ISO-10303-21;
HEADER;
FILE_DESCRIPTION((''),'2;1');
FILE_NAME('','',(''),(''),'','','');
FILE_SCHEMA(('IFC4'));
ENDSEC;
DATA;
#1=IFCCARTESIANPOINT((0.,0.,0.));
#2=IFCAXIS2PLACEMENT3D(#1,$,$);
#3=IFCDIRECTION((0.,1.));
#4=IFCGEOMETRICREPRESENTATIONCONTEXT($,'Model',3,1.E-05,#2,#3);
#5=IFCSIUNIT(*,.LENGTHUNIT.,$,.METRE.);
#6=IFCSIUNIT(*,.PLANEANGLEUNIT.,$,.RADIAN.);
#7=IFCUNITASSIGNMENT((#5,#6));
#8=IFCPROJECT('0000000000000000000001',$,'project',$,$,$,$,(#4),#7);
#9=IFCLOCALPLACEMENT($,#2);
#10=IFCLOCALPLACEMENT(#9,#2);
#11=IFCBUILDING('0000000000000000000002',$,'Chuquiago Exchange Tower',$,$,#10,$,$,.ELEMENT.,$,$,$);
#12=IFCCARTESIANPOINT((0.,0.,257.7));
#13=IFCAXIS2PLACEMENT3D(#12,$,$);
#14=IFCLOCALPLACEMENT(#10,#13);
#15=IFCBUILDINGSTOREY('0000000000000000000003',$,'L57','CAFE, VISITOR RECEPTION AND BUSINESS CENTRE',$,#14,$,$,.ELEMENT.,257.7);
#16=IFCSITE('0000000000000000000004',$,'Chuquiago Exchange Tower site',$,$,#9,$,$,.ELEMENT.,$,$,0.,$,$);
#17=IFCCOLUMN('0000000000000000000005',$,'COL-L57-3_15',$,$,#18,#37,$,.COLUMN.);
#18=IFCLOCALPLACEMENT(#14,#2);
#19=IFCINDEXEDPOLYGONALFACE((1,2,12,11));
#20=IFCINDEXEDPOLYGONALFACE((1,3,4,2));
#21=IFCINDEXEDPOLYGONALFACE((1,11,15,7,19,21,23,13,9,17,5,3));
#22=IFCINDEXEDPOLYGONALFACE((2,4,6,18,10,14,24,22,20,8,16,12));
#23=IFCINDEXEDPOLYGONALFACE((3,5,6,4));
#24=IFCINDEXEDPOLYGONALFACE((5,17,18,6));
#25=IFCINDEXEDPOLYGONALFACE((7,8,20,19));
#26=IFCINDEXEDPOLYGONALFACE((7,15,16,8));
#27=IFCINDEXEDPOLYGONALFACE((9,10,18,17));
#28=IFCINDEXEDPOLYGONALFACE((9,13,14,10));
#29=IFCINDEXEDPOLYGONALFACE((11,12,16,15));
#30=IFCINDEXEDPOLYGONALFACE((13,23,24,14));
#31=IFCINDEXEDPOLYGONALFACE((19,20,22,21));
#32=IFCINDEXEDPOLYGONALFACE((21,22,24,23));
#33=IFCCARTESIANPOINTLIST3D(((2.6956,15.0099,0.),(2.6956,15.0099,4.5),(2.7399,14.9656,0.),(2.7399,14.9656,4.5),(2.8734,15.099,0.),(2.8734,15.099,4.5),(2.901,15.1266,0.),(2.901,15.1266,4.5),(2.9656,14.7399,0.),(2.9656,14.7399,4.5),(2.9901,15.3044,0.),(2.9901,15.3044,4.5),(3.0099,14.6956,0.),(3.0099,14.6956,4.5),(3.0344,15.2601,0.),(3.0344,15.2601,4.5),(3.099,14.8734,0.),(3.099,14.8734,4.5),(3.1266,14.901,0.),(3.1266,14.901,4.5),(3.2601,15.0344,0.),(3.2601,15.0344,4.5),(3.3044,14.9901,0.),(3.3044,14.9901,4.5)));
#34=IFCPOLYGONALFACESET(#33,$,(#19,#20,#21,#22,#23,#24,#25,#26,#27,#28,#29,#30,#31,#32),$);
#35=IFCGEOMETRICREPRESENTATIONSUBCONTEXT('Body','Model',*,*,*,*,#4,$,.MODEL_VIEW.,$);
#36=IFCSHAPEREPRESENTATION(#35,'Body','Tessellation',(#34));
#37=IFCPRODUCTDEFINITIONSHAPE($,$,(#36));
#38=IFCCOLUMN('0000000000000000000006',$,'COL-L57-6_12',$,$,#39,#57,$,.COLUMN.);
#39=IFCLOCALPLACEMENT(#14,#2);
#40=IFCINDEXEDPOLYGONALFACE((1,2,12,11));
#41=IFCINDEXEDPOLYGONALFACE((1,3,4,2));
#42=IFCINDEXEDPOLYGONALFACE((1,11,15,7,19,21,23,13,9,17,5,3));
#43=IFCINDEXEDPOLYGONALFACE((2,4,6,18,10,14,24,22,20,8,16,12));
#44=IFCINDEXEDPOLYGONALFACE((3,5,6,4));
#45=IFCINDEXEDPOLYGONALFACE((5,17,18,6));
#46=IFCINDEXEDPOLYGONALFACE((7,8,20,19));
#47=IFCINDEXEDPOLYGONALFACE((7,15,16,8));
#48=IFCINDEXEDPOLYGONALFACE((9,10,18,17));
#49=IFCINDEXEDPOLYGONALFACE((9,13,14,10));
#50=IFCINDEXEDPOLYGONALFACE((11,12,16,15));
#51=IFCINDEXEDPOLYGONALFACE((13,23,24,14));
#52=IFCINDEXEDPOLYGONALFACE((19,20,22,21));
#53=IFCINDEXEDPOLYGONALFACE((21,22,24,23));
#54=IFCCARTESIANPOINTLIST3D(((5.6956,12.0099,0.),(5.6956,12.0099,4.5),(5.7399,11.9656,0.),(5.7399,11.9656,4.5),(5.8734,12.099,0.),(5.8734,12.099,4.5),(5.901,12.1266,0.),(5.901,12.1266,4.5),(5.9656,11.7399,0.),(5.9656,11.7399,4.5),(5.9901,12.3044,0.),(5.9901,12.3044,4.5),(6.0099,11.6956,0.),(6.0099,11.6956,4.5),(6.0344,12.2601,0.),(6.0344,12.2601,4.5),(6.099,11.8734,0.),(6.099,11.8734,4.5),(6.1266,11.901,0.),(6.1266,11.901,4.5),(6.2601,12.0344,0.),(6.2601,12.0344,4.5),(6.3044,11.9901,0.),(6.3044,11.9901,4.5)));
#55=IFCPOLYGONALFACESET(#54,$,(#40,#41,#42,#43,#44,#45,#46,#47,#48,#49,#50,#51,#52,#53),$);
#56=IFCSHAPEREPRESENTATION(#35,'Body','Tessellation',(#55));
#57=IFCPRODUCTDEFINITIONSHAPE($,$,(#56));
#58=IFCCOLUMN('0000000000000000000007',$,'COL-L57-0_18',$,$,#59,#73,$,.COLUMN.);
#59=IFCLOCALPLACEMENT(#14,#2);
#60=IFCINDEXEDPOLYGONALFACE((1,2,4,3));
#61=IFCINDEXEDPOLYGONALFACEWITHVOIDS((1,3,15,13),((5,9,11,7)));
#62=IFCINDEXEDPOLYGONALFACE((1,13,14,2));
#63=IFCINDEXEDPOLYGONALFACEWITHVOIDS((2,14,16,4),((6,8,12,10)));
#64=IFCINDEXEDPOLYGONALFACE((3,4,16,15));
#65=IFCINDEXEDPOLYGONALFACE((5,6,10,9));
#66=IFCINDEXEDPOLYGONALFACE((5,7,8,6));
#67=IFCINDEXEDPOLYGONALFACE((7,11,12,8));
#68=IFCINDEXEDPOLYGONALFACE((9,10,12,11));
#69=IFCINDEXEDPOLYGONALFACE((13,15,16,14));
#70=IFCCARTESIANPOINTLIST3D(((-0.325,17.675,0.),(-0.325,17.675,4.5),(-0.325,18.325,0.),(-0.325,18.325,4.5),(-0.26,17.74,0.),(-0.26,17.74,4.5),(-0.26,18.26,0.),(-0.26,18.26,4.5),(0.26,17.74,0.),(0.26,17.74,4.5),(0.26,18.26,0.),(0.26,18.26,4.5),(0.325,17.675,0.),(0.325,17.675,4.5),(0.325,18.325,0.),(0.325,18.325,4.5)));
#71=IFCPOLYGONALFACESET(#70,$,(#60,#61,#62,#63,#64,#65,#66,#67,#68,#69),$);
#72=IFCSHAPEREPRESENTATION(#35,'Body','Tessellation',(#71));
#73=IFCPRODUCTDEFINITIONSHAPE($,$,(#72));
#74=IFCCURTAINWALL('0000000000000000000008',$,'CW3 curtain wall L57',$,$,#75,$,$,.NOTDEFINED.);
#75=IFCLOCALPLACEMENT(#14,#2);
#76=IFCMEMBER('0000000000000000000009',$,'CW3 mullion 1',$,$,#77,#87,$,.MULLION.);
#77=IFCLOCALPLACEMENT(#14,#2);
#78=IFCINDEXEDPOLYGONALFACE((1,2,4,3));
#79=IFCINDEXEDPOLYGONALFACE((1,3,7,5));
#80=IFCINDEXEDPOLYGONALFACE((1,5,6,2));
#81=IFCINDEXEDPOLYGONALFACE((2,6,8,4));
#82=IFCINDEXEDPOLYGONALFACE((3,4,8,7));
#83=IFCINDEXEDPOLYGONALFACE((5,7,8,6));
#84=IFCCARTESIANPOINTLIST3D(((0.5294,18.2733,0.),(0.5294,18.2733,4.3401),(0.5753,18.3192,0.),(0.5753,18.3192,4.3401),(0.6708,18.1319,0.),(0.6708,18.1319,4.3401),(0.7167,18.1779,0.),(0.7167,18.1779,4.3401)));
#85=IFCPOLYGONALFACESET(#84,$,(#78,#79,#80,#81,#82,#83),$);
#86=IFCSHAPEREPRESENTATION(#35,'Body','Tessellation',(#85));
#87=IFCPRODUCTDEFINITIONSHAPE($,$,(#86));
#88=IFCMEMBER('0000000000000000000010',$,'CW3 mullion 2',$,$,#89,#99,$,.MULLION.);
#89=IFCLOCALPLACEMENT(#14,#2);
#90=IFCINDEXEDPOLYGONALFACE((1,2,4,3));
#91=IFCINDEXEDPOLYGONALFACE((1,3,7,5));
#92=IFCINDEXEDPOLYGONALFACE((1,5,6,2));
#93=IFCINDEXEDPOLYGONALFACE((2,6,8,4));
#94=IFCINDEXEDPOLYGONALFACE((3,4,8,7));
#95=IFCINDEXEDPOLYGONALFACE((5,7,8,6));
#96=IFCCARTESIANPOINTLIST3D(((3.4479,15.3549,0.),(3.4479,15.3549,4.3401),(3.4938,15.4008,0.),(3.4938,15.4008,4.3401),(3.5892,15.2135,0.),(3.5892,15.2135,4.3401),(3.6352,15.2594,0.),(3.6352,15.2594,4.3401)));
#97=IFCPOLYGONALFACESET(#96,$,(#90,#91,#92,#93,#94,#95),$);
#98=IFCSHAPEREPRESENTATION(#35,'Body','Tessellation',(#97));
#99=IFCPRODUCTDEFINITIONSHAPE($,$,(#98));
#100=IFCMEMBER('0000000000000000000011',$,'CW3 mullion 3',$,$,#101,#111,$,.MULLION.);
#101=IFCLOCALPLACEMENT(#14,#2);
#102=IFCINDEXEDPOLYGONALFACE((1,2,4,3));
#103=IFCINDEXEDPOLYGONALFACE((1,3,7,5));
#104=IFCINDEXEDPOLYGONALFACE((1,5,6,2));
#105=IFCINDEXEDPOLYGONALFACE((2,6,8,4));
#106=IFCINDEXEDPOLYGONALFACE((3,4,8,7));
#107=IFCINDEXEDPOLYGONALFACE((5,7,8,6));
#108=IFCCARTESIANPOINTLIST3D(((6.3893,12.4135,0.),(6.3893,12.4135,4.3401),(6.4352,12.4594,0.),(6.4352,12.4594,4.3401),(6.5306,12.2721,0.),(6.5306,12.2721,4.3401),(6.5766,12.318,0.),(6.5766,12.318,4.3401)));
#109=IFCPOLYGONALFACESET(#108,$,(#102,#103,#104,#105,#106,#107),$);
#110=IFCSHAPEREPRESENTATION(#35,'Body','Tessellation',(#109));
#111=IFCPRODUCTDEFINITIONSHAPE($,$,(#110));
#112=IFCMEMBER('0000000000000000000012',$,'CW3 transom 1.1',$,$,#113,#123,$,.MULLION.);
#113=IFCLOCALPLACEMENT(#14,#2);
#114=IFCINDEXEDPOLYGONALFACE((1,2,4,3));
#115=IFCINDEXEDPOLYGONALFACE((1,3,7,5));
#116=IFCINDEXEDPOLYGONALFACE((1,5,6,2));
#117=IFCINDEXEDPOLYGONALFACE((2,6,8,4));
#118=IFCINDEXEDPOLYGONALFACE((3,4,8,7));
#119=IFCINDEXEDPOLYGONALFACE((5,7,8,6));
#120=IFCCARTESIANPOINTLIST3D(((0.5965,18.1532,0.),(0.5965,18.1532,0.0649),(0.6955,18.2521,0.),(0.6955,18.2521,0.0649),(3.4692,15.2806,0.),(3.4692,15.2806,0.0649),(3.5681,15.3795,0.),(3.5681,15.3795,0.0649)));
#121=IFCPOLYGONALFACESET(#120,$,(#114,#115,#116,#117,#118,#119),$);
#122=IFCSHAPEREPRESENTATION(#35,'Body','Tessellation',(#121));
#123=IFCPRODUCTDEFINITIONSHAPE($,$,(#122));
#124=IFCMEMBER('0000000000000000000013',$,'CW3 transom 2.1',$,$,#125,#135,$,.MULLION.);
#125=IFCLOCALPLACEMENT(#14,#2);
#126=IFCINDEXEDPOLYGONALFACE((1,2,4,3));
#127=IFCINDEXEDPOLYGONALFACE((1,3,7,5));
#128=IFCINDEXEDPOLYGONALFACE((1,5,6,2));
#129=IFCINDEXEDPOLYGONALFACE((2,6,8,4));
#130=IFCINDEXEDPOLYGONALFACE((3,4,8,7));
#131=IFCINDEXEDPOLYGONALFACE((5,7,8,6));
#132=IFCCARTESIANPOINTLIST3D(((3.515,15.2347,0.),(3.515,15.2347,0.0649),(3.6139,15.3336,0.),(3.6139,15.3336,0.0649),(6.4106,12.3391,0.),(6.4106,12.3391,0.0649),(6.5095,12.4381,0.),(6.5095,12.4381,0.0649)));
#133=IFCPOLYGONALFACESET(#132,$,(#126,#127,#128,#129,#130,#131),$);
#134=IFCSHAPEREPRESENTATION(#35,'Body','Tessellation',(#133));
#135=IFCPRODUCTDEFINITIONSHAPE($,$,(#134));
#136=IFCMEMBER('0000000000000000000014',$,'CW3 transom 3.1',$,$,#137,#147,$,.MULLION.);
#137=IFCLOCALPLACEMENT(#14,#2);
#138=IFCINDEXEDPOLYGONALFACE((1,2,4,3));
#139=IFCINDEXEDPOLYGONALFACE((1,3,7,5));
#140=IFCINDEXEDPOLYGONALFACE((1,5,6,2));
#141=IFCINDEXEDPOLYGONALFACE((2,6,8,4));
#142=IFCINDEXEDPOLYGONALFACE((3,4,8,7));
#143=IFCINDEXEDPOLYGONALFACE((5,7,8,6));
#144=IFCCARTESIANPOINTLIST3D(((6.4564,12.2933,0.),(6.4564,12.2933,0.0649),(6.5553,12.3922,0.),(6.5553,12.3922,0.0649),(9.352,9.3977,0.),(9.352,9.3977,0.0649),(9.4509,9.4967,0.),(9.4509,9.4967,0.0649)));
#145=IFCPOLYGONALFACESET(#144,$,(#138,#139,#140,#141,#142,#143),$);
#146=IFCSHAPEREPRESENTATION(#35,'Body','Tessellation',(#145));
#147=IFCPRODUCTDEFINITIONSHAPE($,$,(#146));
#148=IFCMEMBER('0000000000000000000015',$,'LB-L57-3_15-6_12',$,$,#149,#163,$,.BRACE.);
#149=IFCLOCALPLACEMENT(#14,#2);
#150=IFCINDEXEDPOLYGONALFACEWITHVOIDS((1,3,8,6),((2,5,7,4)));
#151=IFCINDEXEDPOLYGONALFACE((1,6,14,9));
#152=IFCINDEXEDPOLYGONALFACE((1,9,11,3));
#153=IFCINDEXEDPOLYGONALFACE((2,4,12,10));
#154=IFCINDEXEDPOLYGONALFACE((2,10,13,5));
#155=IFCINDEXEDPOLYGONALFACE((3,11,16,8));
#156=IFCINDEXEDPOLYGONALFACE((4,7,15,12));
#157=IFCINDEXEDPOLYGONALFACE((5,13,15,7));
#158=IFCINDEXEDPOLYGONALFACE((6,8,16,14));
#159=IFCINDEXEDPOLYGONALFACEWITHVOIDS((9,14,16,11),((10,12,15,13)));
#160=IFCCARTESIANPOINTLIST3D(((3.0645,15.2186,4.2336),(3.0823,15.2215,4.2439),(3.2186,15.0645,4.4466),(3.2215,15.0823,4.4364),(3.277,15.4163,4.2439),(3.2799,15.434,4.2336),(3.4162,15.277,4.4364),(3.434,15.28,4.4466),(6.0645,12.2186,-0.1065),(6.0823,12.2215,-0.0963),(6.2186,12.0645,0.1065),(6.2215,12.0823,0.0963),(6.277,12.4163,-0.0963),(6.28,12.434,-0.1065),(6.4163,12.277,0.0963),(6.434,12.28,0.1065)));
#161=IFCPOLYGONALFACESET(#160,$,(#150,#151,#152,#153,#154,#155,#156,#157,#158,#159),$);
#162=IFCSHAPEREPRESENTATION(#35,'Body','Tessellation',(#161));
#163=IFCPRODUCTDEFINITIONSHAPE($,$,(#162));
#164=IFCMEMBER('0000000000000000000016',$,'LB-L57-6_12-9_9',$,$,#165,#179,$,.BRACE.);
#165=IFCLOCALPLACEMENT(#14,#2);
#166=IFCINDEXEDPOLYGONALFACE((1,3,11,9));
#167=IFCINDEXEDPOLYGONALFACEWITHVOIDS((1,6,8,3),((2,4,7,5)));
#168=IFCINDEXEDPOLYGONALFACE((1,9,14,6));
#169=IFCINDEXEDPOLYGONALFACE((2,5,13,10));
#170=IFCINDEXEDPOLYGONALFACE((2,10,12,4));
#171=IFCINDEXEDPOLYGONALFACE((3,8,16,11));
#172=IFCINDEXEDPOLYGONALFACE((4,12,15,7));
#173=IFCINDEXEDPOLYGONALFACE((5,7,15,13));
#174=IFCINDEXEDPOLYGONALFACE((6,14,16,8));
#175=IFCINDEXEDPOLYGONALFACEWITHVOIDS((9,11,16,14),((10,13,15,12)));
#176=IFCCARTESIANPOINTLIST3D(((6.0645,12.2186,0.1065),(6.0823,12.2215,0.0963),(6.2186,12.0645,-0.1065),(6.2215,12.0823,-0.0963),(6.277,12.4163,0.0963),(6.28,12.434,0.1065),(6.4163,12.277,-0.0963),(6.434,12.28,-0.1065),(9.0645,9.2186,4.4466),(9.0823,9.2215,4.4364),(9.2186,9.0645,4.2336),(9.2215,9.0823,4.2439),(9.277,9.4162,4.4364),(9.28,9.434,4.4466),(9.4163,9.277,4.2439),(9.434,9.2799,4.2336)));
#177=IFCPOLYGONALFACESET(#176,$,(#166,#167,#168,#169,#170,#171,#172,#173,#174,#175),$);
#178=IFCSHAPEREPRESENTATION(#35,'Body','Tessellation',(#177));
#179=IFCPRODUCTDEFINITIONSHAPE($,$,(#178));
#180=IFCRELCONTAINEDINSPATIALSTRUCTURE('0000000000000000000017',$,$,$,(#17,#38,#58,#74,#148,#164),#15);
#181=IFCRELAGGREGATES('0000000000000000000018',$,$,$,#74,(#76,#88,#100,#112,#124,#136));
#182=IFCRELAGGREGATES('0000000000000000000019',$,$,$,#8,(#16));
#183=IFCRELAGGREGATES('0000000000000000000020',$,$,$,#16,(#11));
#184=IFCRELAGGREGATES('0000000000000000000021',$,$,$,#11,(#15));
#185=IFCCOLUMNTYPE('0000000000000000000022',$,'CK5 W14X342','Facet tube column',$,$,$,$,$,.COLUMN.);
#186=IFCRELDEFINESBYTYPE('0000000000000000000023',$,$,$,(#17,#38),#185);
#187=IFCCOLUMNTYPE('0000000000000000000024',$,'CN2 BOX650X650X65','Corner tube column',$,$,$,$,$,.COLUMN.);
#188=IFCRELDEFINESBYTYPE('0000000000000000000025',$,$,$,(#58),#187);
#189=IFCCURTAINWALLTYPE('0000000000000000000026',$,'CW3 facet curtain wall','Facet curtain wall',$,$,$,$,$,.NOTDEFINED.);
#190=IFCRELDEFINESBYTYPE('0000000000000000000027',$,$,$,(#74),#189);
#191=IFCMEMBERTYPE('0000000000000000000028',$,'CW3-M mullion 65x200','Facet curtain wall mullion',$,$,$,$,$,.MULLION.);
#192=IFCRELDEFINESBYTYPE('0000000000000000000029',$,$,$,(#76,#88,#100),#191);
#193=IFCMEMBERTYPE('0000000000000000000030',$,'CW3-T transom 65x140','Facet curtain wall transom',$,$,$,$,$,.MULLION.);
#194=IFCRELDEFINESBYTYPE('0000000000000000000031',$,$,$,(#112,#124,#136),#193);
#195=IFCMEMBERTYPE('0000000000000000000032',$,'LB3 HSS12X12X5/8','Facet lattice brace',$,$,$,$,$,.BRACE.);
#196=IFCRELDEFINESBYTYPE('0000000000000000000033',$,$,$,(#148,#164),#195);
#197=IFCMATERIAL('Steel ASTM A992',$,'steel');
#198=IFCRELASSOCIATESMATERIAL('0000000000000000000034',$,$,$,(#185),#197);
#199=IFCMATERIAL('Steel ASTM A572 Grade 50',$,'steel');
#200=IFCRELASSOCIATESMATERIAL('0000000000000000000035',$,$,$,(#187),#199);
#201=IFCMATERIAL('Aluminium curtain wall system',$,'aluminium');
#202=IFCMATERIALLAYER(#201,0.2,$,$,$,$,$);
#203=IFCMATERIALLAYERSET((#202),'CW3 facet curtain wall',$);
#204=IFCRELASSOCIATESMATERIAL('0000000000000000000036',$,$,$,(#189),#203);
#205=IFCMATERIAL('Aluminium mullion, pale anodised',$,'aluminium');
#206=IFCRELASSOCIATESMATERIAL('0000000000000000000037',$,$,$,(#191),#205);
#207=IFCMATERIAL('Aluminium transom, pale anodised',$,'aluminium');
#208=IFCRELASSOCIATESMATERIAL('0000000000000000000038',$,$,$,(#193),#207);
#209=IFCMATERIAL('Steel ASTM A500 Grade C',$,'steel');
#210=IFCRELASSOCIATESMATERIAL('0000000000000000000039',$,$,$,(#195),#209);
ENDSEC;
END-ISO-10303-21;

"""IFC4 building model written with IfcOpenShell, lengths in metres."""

from ifc_helpers import new_model, si_unit, direction, frame, origin, origin_2d, place, context, subcontext, project, spatial, rectangle, hollow_rectangle, i_section, extrude, material, layer, layer_set, material_profile, profile_set, type_object, element, aggregate, save


model = new_model("IFC4")

# Units and contexts
model_context = context("Model", 3, precision=1e-05, world=origin(), true_north=direction((0.0, 1.0)))
body_context = subcontext(model_context, "Body", "Model", "MODEL_VIEW")
ifc_project = project(units=[si_unit("LENGTHUNIT", "METRE"), si_unit("PLANEANGLEUNIT", "RADIAN")], contexts=[model_context])

# Site, building, storey
site_placement = place(None, origin())
site = spatial("IfcSite", under=ifc_project, at=site_placement, Name="Chuquiago Exchange Tower site", CompositionType="ELEMENT", RefElevation=0.0)
building_placement = place(site_placement, origin())
building = spatial("IfcBuilding", under=site, at=building_placement, Name="Chuquiago Exchange Tower", CompositionType="ELEMENT")
storey_placement = place(building_placement, frame((0.0, 0.0, 257.7)))
storey = spatial("IfcBuildingStorey", under=building, at=storey_placement, Name="L57", Description="CAFE, VISITOR RECEPTION AND BUSINESS CENTRE", CompositionType="ELEMENT", Elevation=257.7)

# Columns
ifc_material_1 = material(Name="Steel ASTM A992", Category="steel")
ifc_material_profile_1 = material_profile(ifc_material_1, i_section(OverallWidth=0.4165, OverallDepth=0.4446, WebThickness=0.0391, FlangeThickness=0.0627, at=origin_2d()), Name="W14X342")
ifc_profile_set_1 = profile_set([ifc_material_profile_1], Name="Steel ASTM A992")
column_type_1 = type_object("IfcColumnType", Name="CK5 W14X342", Description="Facet tube column", PredefinedType="COLUMN", material=ifc_profile_set_1)
for number, where, z_axis, x_axis, name in (
    (1, (3.0, 15.0, 0.0), (0.0, 0.0, 1.0), (-0.707107, -0.707107, 0.0), "COL-L57-3_15"),
    (2, (6.0, 12.0, 0.0), (0.0, 0.0, 1.0), (-0.707107, -0.707107, 0.0), "COL-L57-6_12"),
):
    element("IfcColumn", number, at=place(storey_placement, frame(where, z_axis=z_axis, x_axis=x_axis)), inside=storey, type_object=column_type_1, Name=name, PredefinedType="COLUMN", context=body_context, shape_type="SweptSolid", body=[
        extrude(i_section(OverallWidth=0.4165, OverallDepth=0.4446, WebThickness=0.0391, FlangeThickness=0.0627, at=origin_2d()), origin(), (0.0, 0.0, 1.0), 4.5),
    ])
ifc_material_2 = material(Name="Steel ASTM A572 Grade 50", Category="steel")
ifc_material_profile_2 = material_profile(ifc_material_2, hollow_rectangle(XDim=0.6499, YDim=0.6499, WallThickness=0.0649, at=origin_2d()), Name="BOX650X650X65")
ifc_profile_set_2 = profile_set([ifc_material_profile_2], Name="Steel ASTM A572 Grade 50")
column_type_2 = type_object("IfcColumnType", Name="CN2 BOX650X650X65", Description="Corner tube column", PredefinedType="COLUMN", material=ifc_profile_set_2)
column_placement = place(storey_placement, frame((0.0, 18.0, 0.0), z_axis=(0.0, 0.0, 1.0), x_axis=(-1.0, 0.0, 0.0)))
element("IfcColumn", 3, at=column_placement, inside=storey, type_object=column_type_2, Name="COL-L57-0_18", PredefinedType="COLUMN", context=body_context, shape_type="SweptSolid", body=[
    extrude(hollow_rectangle(XDim=0.6499, YDim=0.6499, WallThickness=0.0649, at=origin_2d()), origin(), (0.0, 0.0, 1.0), 4.5),
])

# Curtain wall, members
ifc_material_3 = material(Name="Aluminium curtain wall system", Category="aluminium")
ifc_layer_1 = layer(ifc_material_3, 0.2)
ifc_layer_set_1 = layer_set([ifc_layer_1], Name="CW3 facet curtain wall")
curtain_wall_type = type_object("IfcCurtainWallType", Name="CW3 facet curtain wall", Description="Facet curtain wall", PredefinedType="NOTDEFINED", material=ifc_layer_set_1)
curtain_wall_placement = place(storey_placement, origin())
curtain_wall = element("IfcCurtainWall", 4, at=curtain_wall_placement, inside=storey, type_object=curtain_wall_type, Name="CW3 curtain wall L57", PredefinedType="NOTDEFINED")
ifc_material_4 = material(Name="Aluminium mullion, pale anodised", Category="aluminium")
ifc_material_profile_3 = material_profile(ifc_material_4, rectangle(XDim=0.0649, YDim=0.2, at=origin_2d()), Name="AL 65x200")
ifc_profile_set_3 = profile_set([ifc_material_profile_3], Name="Aluminium mullion, pale anodised")
member_type_1 = type_object("IfcMemberType", Name="CW3-M mullion 65x200", Description="Facet curtain wall mullion", PredefinedType="MULLION", material=ifc_profile_set_3)
member_1_placement = place(storey_placement, frame((0.623, 18.2256, 0.0), z_axis=(0.0, 0.0, 1.0), x_axis=(0.707107, 0.707107, 0.0)))
member_1 = element("IfcMember", 5, at=member_1_placement, type_object=member_type_1, Name="CW3 mullion 1", PredefinedType="MULLION", context=body_context, shape_type="SweptSolid", body=[
    extrude(rectangle(XDim=0.0649, YDim=0.2, at=origin_2d()), origin(), (0.0, 0.0, 1.0), 4.3401),
])
member_2_placement = place(storey_placement, frame((3.5415, 15.3071, 0.0), z_axis=(0.0, 0.0, 1.0), x_axis=(0.707107, 0.707107, 0.0)))
member_2 = element("IfcMember", 6, at=member_2_placement, type_object=member_type_1, Name="CW3 mullion 2", PredefinedType="MULLION", context=body_context, shape_type="SweptSolid", body=[
    extrude(rectangle(XDim=0.0649, YDim=0.2, at=origin_2d()), origin(), (0.0, 0.0, 1.0), 4.3401),
])
member_3_placement = place(storey_placement, frame((6.4829, 12.3657, 0.0), z_axis=(0.0, 0.0, 1.0), x_axis=(0.707107, 0.707107, 0.0)))
member_3 = element("IfcMember", 7, at=member_3_placement, type_object=member_type_1, Name="CW3 mullion 3", PredefinedType="MULLION", context=body_context, shape_type="SweptSolid", body=[
    extrude(rectangle(XDim=0.0649, YDim=0.2, at=origin_2d()), origin(), (0.0, 0.0, 1.0), 4.3401),
])
ifc_material_5 = material(Name="Aluminium transom, pale anodised", Category="aluminium")
ifc_material_profile_4 = material_profile(ifc_material_5, rectangle(XDim=0.1399, YDim=0.0649, at=origin_2d()), Name="AL 140x65")
ifc_profile_set_4 = profile_set([ifc_material_profile_4], Name="Aluminium transom, pale anodised")
member_type_2 = type_object("IfcMemberType", Name="CW3-T transom 65x140", Description="Facet curtain wall transom", PredefinedType="MULLION", material=ifc_profile_set_4)
member_4_placement = place(storey_placement, frame((0.646, 18.2026, 0.0325), z_axis=(0.707107, -0.707107, 0.0), x_axis=(0.707107, 0.707107, 0.0)))
member_4 = element("IfcMember", 8, at=member_4_placement, type_object=member_type_2, Name="CW3 transom 1.1", PredefinedType="MULLION", context=body_context, shape_type="SweptSolid", body=[
    extrude(rectangle(XDim=0.1399, YDim=0.0649, at=origin_2d()), origin(), (0.0, 0.0, 1.0), 4.0625),
])
member_5_placement = place(storey_placement, frame((3.5645, 15.2842, 0.0325), z_axis=(0.707107, -0.707107, 0.0), x_axis=(0.707107, 0.707107, 0.0)))
member_5 = element("IfcMember", 9, at=member_5_placement, type_object=member_type_2, Name="CW3 transom 2.1", PredefinedType="MULLION", context=body_context, shape_type="SweptSolid", body=[
    extrude(rectangle(XDim=0.1399, YDim=0.0649, at=origin_2d()), origin(), (0.0, 0.0, 1.0), 4.095),
])
member_6_placement = place(storey_placement, frame((6.5059, 12.3428, 0.0325), z_axis=(0.707107, -0.707107, 0.0), x_axis=(0.707107, 0.707107, 0.0)))
member_6 = element("IfcMember", 10, at=member_6_placement, type_object=member_type_2, Name="CW3 transom 3.1", PredefinedType="MULLION", context=body_context, shape_type="SweptSolid", body=[
    extrude(rectangle(XDim=0.1399, YDim=0.0649, at=origin_2d()), origin(), (0.0, 0.0, 1.0), 4.095),
])

# Members
ifc_material_6 = material(Name="Steel ASTM A500 Grade C", Category="steel")
ifc_material_profile_5 = material_profile(ifc_material_6, hollow_rectangle(XDim=0.3047, YDim=0.3047, WallThickness=0.0146, at=origin_2d()), Name="HSS12X12X5/8")
ifc_profile_set_5 = profile_set([ifc_material_profile_5], Name="Steel ASTM A500 Grade C")
member_type_3 = type_object("IfcMemberType", Name="LB3 HSS12X12X5/8", Description="Facet lattice brace", PredefinedType="BRACE", material=ifc_profile_set_5)
for number, where, z_axis, x_axis, name in (
    (11, (6.2493, 12.2493, 0.0), (-0.494291, 0.494291, 0.715089), (-0.707107, -0.707107, 0.0), "LB-L57-3_15-6_12"),
    (12, (6.2493, 12.2493, 0.0), (0.494291, -0.494291, 0.715089), (0.707107, 0.707107, 0.0), "LB-L57-6_12-9_9"),
):
    element("IfcMember", number, at=place(storey_placement, frame(where, z_axis=z_axis, x_axis=x_axis)), inside=storey, type_object=member_type_3, Name=name, PredefinedType="BRACE", context=body_context, shape_type="SweptSolid", body=[
        extrude(hollow_rectangle(XDim=0.3047, YDim=0.3047, WallThickness=0.0146, at=origin_2d()), origin(), (0.0, 0.0, 1.0), 6.0693),
    ])

aggregate(curtain_wall, [member_1, member_2, member_3, member_4, member_5, member_6])

save(model, "model.ifc")
